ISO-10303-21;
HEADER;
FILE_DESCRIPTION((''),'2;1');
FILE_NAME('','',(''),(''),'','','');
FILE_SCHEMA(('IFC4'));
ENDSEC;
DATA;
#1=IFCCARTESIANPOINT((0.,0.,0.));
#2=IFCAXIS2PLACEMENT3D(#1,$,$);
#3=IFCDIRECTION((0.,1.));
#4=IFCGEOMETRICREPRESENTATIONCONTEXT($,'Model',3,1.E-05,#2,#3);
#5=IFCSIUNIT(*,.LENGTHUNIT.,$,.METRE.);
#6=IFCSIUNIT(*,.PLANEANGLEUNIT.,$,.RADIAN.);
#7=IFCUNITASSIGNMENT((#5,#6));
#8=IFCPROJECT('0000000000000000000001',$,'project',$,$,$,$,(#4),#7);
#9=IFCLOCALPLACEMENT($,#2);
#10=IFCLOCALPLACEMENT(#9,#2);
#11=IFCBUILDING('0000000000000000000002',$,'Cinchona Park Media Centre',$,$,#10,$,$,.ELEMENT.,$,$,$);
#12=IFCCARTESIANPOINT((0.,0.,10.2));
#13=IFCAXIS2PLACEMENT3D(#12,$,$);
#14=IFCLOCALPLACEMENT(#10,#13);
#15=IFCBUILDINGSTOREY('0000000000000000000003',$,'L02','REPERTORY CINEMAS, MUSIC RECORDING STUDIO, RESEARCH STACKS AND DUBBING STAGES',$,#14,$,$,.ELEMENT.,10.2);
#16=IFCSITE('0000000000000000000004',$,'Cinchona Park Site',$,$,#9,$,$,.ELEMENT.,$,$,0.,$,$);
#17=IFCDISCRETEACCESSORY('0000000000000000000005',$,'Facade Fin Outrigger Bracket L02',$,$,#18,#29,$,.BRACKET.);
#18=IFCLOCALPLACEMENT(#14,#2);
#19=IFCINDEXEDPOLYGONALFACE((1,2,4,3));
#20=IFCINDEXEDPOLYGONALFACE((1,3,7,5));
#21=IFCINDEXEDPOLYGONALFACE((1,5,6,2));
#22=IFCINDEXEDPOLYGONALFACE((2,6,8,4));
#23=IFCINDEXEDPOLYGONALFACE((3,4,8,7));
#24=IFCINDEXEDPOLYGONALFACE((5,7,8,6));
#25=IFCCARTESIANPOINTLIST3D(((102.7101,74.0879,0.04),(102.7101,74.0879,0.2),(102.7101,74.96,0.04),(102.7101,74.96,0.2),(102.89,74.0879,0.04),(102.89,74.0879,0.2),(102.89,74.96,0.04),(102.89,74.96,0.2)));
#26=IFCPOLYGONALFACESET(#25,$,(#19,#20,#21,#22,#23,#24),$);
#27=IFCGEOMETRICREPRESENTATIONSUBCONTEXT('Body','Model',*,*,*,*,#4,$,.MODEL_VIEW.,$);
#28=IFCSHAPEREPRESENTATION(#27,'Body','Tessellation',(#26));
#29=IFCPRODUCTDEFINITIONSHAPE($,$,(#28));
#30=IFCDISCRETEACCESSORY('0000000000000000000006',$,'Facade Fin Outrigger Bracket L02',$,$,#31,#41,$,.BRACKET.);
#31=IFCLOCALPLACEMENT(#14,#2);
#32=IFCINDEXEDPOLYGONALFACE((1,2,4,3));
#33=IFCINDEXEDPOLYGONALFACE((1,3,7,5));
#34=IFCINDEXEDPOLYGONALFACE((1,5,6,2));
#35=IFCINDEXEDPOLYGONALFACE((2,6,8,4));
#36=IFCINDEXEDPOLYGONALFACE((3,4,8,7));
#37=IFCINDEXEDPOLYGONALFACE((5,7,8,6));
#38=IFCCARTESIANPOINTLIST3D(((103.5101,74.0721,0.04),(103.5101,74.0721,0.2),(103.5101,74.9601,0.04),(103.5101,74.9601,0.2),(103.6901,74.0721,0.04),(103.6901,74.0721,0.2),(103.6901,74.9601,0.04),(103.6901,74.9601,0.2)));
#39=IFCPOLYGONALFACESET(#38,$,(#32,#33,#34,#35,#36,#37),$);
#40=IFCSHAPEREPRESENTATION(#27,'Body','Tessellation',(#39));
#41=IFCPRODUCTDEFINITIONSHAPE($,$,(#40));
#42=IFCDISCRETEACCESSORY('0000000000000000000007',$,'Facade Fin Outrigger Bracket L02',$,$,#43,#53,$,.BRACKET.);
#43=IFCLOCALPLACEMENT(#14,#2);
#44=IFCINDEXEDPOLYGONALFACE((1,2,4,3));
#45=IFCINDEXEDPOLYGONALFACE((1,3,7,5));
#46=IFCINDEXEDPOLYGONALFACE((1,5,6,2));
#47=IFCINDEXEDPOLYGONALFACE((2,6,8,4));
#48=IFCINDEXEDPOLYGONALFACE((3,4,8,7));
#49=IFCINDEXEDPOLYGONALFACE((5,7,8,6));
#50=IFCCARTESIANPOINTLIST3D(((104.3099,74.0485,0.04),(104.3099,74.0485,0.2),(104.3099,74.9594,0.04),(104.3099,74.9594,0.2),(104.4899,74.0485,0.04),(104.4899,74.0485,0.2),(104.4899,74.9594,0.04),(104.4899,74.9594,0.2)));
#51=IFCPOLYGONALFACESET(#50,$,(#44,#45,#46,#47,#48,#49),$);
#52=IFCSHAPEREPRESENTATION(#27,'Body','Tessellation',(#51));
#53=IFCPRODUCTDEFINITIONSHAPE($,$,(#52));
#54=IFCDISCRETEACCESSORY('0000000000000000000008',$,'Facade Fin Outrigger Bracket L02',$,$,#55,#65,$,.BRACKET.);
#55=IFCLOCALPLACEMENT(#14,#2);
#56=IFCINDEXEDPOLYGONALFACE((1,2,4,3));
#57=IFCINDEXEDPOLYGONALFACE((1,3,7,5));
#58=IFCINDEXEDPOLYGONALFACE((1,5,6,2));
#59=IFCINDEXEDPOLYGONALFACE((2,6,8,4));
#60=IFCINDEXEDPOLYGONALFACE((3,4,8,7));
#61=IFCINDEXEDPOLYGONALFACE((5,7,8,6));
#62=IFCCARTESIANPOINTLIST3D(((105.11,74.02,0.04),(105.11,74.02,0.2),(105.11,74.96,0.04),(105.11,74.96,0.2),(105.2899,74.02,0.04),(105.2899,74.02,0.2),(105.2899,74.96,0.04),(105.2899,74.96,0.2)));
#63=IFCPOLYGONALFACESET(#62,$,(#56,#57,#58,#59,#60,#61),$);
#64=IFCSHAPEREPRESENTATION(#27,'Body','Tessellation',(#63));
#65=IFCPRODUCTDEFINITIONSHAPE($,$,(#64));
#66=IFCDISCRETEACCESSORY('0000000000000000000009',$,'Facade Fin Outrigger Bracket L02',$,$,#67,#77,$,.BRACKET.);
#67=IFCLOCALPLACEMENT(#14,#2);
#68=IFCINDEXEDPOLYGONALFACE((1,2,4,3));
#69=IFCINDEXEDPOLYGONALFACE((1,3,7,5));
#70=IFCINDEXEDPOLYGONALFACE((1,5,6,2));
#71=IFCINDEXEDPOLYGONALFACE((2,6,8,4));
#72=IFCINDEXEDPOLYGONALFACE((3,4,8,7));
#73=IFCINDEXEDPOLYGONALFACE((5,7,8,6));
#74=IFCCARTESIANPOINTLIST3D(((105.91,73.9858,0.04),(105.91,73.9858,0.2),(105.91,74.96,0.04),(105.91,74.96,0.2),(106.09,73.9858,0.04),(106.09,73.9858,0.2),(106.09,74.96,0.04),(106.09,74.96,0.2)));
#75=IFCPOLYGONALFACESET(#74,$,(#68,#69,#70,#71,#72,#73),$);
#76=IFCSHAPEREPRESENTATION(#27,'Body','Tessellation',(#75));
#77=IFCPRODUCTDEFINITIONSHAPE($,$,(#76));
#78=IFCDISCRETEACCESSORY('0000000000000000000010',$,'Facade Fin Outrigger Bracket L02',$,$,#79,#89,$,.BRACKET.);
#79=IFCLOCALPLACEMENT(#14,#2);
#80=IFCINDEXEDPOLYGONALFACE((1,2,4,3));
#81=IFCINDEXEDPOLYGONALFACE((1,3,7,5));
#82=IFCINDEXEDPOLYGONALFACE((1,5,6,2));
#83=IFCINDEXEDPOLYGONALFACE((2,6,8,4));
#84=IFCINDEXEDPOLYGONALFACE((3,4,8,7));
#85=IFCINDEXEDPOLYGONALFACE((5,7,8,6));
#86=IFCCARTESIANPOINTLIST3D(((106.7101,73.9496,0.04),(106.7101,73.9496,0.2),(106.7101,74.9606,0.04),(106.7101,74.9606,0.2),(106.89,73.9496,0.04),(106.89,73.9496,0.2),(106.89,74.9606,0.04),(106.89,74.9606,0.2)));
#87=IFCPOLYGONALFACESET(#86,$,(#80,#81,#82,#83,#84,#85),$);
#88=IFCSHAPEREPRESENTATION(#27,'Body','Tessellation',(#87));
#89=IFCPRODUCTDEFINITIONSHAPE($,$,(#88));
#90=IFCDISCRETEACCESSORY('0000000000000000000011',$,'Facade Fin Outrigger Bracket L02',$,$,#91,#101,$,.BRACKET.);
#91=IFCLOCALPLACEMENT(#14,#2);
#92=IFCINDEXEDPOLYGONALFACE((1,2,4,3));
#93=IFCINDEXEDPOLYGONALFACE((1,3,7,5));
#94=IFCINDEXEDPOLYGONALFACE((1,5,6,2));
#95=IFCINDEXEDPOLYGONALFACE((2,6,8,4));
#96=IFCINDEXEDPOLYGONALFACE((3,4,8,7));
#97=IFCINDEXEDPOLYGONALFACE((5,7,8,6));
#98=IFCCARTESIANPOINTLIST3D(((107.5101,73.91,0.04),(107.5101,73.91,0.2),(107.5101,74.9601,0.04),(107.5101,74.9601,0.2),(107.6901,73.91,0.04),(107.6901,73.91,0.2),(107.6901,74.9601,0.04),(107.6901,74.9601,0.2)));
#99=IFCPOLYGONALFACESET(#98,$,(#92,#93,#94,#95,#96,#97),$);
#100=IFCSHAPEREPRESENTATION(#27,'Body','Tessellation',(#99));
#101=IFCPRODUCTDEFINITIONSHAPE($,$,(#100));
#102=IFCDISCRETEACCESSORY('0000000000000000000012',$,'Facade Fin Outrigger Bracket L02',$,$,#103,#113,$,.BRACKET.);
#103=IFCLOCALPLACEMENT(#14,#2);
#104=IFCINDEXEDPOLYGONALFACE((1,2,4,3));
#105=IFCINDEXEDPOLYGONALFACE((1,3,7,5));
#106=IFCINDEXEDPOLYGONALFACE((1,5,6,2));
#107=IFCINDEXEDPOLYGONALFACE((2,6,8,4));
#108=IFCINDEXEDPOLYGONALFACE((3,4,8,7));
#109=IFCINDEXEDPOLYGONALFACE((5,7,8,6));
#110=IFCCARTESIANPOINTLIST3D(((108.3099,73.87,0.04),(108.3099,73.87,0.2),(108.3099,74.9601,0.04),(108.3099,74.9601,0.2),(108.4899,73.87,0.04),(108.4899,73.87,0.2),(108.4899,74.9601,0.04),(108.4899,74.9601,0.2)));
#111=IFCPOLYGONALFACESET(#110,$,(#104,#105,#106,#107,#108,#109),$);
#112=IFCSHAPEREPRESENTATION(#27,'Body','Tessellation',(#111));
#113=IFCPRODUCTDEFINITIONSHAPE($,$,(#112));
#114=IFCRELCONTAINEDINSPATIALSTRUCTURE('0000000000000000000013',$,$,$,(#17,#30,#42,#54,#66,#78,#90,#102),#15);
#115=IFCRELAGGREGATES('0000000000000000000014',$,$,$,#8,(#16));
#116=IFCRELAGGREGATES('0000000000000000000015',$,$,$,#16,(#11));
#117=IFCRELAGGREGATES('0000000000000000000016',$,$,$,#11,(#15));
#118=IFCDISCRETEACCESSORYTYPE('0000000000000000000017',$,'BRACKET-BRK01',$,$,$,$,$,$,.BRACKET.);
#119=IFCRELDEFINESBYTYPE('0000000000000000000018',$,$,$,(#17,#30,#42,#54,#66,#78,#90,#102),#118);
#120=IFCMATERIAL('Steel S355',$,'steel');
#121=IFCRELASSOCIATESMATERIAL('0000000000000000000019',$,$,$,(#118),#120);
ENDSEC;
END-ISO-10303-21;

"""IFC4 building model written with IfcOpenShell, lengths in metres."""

from ifc_helpers import new_model, si_unit, direction, frame, origin, origin_2d, place, context, subcontext, project, spatial, rectangle, extrude, material, type_object, element, save


model = new_model("IFC4")

# Units and contexts
model_context = context("Model", 3, precision=1e-05, world=origin(), true_north=direction((0.0, 1.0)))
body_context = subcontext(model_context, "Body", "Model", "MODEL_VIEW")
ifc_project = project(units=[si_unit("LENGTHUNIT", "METRE"), si_unit("PLANEANGLEUNIT", "RADIAN")], contexts=[model_context])

# Site, building, storey
site_placement = place(None, origin())
site = spatial("IfcSite", under=ifc_project, at=site_placement, Name="Cinchona Park Site", CompositionType="ELEMENT", RefElevation=0.0)
building_placement = place(site_placement, origin())
building = spatial("IfcBuilding", under=site, at=building_placement, Name="Cinchona Park Media Centre", CompositionType="ELEMENT")
storey_placement = place(building_placement, frame((0.0, 0.0, 10.2)))
storey = spatial("IfcBuildingStorey", under=building, at=storey_placement, Name="L02", Description="REPERTORY CINEMAS, MUSIC RECORDING STUDIO, RESEARCH STACKS AND DUBBING STAGES", CompositionType="ELEMENT", Elevation=10.2)

# Discrete accessories
ifc_material_1 = material(Name="Steel S355", Category="steel")
discrete_accessory_type = type_object("IfcDiscreteAccessoryType", Name="BRACKET-BRK01", PredefinedType="BRACKET", material=ifc_material_1)
discrete_accessory_1_placement = place(storey_placement, frame((102.8, 74.5239, 0.04), z_axis=(0.0, 0.0, 1.0), x_axis=(1.0, 0.0, 0.0)))
element("IfcDiscreteAccessory", 1, at=discrete_accessory_1_placement, inside=storey, type_object=discrete_accessory_type, Name="Facade Fin Outrigger Bracket L02", PredefinedType="BRACKET", context=body_context, shape_type="SweptSolid", body=[
    extrude(rectangle(XDim=0.1799, YDim=0.8721, at=origin_2d()), origin(), (0.0, 0.0, 1.0), 0.1599),
])
discrete_accessory_2_placement = place(storey_placement, frame((103.6001, 74.5161, 0.04), z_axis=(0.0, 0.0, 1.0), x_axis=(1.0, 0.0, 0.0)))
element("IfcDiscreteAccessory", 2, at=discrete_accessory_2_placement, inside=storey, type_object=discrete_accessory_type, Name="Facade Fin Outrigger Bracket L02", PredefinedType="BRACKET", context=body_context, shape_type="SweptSolid", body=[
    extrude(rectangle(XDim=0.1799, YDim=0.8879, at=origin_2d()), origin(), (0.0, 0.0, 1.0), 0.1599),
])
discrete_accessory_3_placement = place(storey_placement, frame((104.3999, 74.5039, 0.04), z_axis=(0.0, 0.0, 1.0), x_axis=(1.0, 0.0, 0.0)))
element("IfcDiscreteAccessory", 3, at=discrete_accessory_3_placement, inside=storey, type_object=discrete_accessory_type, Name="Facade Fin Outrigger Bracket L02", PredefinedType="BRACKET", context=body_context, shape_type="SweptSolid", body=[
    extrude(rectangle(XDim=0.1799, YDim=0.9109, at=origin_2d()), origin(), (0.0, 0.0, 1.0), 0.1599),
])
discrete_accessory_4_placement = place(storey_placement, frame((105.2, 74.49, 0.04), z_axis=(0.0, 0.0, 1.0), x_axis=(1.0, 0.0, 0.0)))
element("IfcDiscreteAccessory", 4, at=discrete_accessory_4_placement, inside=storey, type_object=discrete_accessory_type, Name="Facade Fin Outrigger Bracket L02", PredefinedType="BRACKET", context=body_context, shape_type="SweptSolid", body=[
    extrude(rectangle(XDim=0.1799, YDim=0.9399, at=origin_2d()), origin(), (0.0, 0.0, 1.0), 0.1599),
])
discrete_accessory_5_placement = place(storey_placement, frame((106.0, 74.4729, 0.04), z_axis=(0.0, 0.0, 1.0), x_axis=(1.0, 0.0, 0.0)))
element("IfcDiscreteAccessory", 5, at=discrete_accessory_5_placement, inside=storey, type_object=discrete_accessory_type, Name="Facade Fin Outrigger Bracket L02", PredefinedType="BRACKET", context=body_context, shape_type="SweptSolid", body=[
    extrude(rectangle(XDim=0.1799, YDim=0.9741, at=origin_2d()), origin(), (0.0, 0.0, 1.0), 0.1599),
])
discrete_accessory_6_placement = place(storey_placement, frame((106.8, 74.4551, 0.04), z_axis=(0.0, 0.0, 1.0), x_axis=(1.0, 0.0, 0.0)))
element("IfcDiscreteAccessory", 6, at=discrete_accessory_6_placement, inside=storey, type_object=discrete_accessory_type, Name="Facade Fin Outrigger Bracket L02", PredefinedType="BRACKET", context=body_context, shape_type="SweptSolid", body=[
    extrude(rectangle(XDim=0.1799, YDim=1.011, at=origin_2d()), origin(), (0.0, 0.0, 1.0), 0.1599),
])
discrete_accessory_7_placement = place(storey_placement, frame((107.6001, 74.4351, 0.04), z_axis=(0.0, 0.0, 1.0), x_axis=(1.0, 0.0, 0.0)))
element("IfcDiscreteAccessory", 7, at=discrete_accessory_7_placement, inside=storey, type_object=discrete_accessory_type, Name="Facade Fin Outrigger Bracket L02", PredefinedType="BRACKET", context=body_context, shape_type="SweptSolid", body=[
    extrude(rectangle(XDim=0.1799, YDim=1.05, at=origin_2d()), origin(), (0.0, 0.0, 1.0), 0.1599),
])
discrete_accessory_8_placement = place(storey_placement, frame((108.3999, 74.415, 0.04), z_axis=(0.0, 0.0, 1.0), x_axis=(1.0, 0.0, 0.0)))
element("IfcDiscreteAccessory", 8, at=discrete_accessory_8_placement, inside=storey, type_object=discrete_accessory_type, Name="Facade Fin Outrigger Bracket L02", PredefinedType="BRACKET", context=body_context, shape_type="SweptSolid", body=[
    extrude(rectangle(XDim=0.1799, YDim=1.0901, at=origin_2d()), origin(), (0.0, 0.0, 1.0), 0.1599),
])

save(model, "model.ifc")
